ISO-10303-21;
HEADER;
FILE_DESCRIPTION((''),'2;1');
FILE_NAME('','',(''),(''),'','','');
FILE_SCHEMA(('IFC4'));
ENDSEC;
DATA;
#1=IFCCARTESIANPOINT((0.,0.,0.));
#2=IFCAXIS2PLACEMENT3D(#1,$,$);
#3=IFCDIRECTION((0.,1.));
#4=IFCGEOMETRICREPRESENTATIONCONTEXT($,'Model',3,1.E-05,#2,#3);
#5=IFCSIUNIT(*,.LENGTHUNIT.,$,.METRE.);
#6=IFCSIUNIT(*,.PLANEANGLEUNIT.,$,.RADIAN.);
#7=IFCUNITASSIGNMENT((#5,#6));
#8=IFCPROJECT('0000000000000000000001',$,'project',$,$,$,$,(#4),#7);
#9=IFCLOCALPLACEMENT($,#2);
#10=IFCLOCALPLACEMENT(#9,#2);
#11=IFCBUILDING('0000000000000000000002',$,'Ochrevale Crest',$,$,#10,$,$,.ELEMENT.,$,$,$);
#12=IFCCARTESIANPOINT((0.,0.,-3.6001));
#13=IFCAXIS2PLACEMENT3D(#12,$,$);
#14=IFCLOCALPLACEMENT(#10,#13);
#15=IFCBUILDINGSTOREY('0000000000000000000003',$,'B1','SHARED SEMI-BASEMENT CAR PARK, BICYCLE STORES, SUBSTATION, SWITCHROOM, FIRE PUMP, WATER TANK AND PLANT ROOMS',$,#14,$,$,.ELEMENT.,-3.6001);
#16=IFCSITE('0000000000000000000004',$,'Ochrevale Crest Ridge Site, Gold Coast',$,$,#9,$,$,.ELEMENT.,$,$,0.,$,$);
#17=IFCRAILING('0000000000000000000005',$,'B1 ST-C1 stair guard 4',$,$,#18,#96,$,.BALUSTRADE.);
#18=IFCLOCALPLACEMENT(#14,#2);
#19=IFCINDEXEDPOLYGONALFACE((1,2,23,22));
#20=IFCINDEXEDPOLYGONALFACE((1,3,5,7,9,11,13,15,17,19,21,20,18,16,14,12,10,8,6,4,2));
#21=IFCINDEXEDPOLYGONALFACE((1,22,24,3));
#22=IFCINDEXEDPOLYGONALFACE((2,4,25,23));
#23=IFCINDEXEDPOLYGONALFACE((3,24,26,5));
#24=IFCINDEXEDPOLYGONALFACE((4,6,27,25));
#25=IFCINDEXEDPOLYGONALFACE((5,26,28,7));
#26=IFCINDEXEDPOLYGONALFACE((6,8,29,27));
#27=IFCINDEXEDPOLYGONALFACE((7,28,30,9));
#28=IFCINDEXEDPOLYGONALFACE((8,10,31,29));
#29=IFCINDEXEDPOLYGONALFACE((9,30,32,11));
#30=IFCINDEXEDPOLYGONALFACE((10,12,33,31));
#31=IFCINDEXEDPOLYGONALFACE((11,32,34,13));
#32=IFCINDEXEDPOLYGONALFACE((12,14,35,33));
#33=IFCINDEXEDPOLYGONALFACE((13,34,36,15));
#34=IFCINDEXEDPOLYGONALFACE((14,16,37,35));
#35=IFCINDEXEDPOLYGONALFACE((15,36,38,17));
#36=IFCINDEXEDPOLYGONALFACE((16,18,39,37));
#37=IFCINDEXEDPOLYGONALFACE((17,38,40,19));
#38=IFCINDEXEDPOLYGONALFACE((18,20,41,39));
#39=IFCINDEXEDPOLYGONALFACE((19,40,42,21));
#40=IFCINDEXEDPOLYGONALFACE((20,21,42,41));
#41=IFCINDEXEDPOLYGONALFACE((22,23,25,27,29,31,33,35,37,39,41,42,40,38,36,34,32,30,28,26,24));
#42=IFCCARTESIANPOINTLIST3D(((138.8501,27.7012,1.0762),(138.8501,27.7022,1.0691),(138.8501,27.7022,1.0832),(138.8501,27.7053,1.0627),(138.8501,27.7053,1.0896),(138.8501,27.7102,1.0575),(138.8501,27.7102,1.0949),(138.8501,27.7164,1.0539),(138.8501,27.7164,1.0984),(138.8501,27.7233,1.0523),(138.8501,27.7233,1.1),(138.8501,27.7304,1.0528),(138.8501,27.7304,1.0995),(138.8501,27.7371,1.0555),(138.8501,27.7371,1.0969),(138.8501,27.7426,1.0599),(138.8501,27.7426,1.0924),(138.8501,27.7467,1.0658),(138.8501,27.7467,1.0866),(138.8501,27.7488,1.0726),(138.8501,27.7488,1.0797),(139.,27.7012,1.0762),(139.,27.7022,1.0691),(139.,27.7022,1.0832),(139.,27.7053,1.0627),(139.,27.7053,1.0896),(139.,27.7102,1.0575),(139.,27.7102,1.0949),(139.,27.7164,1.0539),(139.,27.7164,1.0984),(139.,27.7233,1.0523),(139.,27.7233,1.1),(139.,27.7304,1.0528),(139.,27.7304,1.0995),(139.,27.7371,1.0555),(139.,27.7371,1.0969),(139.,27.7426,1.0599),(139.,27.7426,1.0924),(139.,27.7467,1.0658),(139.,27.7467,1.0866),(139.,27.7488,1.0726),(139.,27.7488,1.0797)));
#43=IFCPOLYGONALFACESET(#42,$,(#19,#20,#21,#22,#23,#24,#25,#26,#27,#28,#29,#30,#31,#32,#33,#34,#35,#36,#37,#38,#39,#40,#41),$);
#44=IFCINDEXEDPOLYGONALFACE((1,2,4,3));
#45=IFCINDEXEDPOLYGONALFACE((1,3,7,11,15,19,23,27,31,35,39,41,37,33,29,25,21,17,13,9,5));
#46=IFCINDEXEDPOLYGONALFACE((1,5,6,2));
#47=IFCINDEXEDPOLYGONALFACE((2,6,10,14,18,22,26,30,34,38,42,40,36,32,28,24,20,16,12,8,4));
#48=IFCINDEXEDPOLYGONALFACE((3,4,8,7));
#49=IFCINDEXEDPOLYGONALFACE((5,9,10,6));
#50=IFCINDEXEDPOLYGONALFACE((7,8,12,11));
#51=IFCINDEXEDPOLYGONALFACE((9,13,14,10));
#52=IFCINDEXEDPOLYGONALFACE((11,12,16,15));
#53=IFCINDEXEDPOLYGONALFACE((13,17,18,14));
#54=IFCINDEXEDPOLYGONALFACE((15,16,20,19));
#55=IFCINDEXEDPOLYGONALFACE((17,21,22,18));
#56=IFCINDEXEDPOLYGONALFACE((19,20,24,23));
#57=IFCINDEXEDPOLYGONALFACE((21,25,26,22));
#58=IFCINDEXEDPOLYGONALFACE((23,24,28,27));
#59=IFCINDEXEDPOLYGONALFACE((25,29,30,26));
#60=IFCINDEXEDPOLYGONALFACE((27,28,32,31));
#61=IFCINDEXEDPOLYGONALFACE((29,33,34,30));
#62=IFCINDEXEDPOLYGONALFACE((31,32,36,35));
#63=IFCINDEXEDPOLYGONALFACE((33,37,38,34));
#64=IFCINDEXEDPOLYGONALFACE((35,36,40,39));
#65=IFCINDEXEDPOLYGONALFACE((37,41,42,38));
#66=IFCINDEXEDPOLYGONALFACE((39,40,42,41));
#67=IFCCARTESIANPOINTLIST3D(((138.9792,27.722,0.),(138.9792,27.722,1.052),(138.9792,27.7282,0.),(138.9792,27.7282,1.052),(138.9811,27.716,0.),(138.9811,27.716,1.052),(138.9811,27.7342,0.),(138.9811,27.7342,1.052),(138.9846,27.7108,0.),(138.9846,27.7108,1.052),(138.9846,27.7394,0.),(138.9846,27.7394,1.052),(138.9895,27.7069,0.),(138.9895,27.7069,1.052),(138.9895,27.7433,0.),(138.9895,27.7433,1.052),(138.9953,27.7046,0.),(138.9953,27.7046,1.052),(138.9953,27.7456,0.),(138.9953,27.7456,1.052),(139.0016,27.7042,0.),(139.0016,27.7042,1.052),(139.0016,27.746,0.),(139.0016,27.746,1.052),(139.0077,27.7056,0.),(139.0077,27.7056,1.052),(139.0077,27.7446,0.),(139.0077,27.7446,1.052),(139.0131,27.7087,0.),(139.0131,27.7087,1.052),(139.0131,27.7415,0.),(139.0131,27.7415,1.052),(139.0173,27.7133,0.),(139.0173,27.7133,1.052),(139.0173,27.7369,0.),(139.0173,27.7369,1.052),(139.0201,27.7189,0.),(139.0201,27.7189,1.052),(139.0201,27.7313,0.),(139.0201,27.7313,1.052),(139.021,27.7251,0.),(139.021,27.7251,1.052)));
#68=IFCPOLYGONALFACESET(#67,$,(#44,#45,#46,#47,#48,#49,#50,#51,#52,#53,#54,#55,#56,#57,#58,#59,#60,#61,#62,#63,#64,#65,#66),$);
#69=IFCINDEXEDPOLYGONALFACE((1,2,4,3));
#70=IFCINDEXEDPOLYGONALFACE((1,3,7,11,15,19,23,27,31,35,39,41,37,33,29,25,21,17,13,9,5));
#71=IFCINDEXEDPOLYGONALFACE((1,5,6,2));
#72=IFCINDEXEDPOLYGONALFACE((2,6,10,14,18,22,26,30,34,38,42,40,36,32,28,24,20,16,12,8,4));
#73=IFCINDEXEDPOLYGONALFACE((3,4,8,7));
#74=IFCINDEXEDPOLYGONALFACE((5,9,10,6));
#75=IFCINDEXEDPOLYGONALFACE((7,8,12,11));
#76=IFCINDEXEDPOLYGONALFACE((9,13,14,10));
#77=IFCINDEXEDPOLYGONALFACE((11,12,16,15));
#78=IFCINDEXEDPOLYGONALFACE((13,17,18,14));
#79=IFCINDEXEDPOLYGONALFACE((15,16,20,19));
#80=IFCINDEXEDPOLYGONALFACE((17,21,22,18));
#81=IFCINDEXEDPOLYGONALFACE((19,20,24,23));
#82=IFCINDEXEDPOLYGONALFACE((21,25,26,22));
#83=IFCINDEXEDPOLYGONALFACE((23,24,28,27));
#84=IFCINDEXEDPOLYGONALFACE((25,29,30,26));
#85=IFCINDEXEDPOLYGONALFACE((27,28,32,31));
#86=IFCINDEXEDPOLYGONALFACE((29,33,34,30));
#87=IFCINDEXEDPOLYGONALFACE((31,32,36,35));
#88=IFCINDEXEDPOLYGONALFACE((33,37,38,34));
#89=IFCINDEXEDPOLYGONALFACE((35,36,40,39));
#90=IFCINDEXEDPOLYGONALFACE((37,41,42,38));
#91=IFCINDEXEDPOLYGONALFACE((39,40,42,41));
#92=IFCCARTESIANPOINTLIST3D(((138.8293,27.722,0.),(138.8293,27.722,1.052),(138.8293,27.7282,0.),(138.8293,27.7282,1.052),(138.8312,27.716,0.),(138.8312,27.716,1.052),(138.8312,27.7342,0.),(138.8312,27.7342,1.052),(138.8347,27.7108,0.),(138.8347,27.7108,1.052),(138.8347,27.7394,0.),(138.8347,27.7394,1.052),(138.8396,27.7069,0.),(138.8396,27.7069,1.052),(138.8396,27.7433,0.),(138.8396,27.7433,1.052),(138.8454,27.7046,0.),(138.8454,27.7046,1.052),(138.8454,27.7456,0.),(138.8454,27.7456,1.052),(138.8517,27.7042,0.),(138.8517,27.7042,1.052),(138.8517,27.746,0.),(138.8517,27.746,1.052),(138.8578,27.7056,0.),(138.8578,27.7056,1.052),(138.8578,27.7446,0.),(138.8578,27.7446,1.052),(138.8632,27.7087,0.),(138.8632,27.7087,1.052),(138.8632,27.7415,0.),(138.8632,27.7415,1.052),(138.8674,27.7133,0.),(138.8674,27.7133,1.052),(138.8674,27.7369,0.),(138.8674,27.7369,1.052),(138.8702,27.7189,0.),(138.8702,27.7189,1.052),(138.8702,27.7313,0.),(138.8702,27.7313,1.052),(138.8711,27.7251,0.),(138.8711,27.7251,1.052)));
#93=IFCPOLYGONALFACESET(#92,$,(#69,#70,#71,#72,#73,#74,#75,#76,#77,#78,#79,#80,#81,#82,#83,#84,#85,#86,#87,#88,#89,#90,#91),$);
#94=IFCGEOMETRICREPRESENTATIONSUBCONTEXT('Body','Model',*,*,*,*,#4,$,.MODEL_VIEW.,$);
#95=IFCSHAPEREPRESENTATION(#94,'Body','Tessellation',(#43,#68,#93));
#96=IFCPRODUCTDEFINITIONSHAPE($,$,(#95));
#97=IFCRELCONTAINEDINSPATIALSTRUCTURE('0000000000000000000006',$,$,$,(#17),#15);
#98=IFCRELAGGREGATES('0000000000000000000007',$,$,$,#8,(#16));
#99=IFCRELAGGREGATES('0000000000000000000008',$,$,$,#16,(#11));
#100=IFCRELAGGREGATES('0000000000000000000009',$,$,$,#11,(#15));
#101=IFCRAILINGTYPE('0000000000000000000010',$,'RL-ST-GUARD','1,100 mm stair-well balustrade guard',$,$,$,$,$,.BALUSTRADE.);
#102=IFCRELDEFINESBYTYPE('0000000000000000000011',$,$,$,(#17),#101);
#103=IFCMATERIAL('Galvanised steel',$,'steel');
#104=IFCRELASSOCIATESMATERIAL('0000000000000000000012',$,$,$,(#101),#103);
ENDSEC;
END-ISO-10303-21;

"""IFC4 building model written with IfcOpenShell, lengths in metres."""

from ifc_helpers import new_model, si_unit, direction, frame, origin, origin_2d, place, context, subcontext, project, spatial, circle, extrude, material, type_object, element, save


model = new_model("IFC4")

# Units and contexts
model_context = context("Model", 3, precision=1e-05, world=origin(), true_north=direction((0.0, 1.0)))
body_context = subcontext(model_context, "Body", "Model", "MODEL_VIEW")
ifc_project = project(units=[si_unit("LENGTHUNIT", "METRE"), si_unit("PLANEANGLEUNIT", "RADIAN")], contexts=[model_context])

# Site, building, storey
site_placement = place(None, origin())
site = spatial("IfcSite", under=ifc_project, at=site_placement, Name="Ochrevale Crest Ridge Site, Gold Coast", CompositionType="ELEMENT", RefElevation=0.0)
building_placement = place(site_placement, origin())
building = spatial("IfcBuilding", under=site, at=building_placement, Name="Ochrevale Crest", CompositionType="ELEMENT")
storey_placement = place(building_placement, frame((0.0, 0.0, -3.6001)))
storey = spatial("IfcBuildingStorey", under=building, at=storey_placement, Name="B1", Description="SHARED SEMI-BASEMENT CAR PARK, BICYCLE STORES, SUBSTATION, SWITCHROOM, FIRE PUMP, WATER TANK AND PLANT ROOMS", CompositionType="ELEMENT", Elevation=-3.6001)

# Railing
ifc_material_1 = material(Name="Galvanised steel", Category="steel")
railing_type_1 = type_object("IfcRailingType", Name="RL-ST-GUARD", Description="1,100 mm stair-well balustrade guard", PredefinedType="BALUSTRADE", material=ifc_material_1)
railing_1_placement = place(storey_placement, frame((139.0, 27.7251, 0.0)))
element("IfcRailing", 1, at=railing_1_placement, inside=storey, type_object=railing_type_1, Name="B1 ST-C1 stair guard 4", PredefinedType="BALUSTRADE", context=body_context, shape_type="SweptSolid", body=[
    extrude(circle(Radius=0.0239, at=origin_2d()), frame((0.0, 0.0, 1.0762), z_axis=(-1.0, 0.0, 0.0), x_axis=(0.0, -1.0, 0.0)), (0.0, 0.0, 1.0), 0.1499),
    extrude(circle(Radius=0.021, at=origin_2d()), origin(), (0.0, 0.0, 1.0), 1.052),
    extrude(circle(Radius=0.021, at=origin_2d()), frame((-0.1499, 0.0, 0.0)), (0.0, 0.0, 1.0), 1.052),
])

save(model, "model.ifc")
